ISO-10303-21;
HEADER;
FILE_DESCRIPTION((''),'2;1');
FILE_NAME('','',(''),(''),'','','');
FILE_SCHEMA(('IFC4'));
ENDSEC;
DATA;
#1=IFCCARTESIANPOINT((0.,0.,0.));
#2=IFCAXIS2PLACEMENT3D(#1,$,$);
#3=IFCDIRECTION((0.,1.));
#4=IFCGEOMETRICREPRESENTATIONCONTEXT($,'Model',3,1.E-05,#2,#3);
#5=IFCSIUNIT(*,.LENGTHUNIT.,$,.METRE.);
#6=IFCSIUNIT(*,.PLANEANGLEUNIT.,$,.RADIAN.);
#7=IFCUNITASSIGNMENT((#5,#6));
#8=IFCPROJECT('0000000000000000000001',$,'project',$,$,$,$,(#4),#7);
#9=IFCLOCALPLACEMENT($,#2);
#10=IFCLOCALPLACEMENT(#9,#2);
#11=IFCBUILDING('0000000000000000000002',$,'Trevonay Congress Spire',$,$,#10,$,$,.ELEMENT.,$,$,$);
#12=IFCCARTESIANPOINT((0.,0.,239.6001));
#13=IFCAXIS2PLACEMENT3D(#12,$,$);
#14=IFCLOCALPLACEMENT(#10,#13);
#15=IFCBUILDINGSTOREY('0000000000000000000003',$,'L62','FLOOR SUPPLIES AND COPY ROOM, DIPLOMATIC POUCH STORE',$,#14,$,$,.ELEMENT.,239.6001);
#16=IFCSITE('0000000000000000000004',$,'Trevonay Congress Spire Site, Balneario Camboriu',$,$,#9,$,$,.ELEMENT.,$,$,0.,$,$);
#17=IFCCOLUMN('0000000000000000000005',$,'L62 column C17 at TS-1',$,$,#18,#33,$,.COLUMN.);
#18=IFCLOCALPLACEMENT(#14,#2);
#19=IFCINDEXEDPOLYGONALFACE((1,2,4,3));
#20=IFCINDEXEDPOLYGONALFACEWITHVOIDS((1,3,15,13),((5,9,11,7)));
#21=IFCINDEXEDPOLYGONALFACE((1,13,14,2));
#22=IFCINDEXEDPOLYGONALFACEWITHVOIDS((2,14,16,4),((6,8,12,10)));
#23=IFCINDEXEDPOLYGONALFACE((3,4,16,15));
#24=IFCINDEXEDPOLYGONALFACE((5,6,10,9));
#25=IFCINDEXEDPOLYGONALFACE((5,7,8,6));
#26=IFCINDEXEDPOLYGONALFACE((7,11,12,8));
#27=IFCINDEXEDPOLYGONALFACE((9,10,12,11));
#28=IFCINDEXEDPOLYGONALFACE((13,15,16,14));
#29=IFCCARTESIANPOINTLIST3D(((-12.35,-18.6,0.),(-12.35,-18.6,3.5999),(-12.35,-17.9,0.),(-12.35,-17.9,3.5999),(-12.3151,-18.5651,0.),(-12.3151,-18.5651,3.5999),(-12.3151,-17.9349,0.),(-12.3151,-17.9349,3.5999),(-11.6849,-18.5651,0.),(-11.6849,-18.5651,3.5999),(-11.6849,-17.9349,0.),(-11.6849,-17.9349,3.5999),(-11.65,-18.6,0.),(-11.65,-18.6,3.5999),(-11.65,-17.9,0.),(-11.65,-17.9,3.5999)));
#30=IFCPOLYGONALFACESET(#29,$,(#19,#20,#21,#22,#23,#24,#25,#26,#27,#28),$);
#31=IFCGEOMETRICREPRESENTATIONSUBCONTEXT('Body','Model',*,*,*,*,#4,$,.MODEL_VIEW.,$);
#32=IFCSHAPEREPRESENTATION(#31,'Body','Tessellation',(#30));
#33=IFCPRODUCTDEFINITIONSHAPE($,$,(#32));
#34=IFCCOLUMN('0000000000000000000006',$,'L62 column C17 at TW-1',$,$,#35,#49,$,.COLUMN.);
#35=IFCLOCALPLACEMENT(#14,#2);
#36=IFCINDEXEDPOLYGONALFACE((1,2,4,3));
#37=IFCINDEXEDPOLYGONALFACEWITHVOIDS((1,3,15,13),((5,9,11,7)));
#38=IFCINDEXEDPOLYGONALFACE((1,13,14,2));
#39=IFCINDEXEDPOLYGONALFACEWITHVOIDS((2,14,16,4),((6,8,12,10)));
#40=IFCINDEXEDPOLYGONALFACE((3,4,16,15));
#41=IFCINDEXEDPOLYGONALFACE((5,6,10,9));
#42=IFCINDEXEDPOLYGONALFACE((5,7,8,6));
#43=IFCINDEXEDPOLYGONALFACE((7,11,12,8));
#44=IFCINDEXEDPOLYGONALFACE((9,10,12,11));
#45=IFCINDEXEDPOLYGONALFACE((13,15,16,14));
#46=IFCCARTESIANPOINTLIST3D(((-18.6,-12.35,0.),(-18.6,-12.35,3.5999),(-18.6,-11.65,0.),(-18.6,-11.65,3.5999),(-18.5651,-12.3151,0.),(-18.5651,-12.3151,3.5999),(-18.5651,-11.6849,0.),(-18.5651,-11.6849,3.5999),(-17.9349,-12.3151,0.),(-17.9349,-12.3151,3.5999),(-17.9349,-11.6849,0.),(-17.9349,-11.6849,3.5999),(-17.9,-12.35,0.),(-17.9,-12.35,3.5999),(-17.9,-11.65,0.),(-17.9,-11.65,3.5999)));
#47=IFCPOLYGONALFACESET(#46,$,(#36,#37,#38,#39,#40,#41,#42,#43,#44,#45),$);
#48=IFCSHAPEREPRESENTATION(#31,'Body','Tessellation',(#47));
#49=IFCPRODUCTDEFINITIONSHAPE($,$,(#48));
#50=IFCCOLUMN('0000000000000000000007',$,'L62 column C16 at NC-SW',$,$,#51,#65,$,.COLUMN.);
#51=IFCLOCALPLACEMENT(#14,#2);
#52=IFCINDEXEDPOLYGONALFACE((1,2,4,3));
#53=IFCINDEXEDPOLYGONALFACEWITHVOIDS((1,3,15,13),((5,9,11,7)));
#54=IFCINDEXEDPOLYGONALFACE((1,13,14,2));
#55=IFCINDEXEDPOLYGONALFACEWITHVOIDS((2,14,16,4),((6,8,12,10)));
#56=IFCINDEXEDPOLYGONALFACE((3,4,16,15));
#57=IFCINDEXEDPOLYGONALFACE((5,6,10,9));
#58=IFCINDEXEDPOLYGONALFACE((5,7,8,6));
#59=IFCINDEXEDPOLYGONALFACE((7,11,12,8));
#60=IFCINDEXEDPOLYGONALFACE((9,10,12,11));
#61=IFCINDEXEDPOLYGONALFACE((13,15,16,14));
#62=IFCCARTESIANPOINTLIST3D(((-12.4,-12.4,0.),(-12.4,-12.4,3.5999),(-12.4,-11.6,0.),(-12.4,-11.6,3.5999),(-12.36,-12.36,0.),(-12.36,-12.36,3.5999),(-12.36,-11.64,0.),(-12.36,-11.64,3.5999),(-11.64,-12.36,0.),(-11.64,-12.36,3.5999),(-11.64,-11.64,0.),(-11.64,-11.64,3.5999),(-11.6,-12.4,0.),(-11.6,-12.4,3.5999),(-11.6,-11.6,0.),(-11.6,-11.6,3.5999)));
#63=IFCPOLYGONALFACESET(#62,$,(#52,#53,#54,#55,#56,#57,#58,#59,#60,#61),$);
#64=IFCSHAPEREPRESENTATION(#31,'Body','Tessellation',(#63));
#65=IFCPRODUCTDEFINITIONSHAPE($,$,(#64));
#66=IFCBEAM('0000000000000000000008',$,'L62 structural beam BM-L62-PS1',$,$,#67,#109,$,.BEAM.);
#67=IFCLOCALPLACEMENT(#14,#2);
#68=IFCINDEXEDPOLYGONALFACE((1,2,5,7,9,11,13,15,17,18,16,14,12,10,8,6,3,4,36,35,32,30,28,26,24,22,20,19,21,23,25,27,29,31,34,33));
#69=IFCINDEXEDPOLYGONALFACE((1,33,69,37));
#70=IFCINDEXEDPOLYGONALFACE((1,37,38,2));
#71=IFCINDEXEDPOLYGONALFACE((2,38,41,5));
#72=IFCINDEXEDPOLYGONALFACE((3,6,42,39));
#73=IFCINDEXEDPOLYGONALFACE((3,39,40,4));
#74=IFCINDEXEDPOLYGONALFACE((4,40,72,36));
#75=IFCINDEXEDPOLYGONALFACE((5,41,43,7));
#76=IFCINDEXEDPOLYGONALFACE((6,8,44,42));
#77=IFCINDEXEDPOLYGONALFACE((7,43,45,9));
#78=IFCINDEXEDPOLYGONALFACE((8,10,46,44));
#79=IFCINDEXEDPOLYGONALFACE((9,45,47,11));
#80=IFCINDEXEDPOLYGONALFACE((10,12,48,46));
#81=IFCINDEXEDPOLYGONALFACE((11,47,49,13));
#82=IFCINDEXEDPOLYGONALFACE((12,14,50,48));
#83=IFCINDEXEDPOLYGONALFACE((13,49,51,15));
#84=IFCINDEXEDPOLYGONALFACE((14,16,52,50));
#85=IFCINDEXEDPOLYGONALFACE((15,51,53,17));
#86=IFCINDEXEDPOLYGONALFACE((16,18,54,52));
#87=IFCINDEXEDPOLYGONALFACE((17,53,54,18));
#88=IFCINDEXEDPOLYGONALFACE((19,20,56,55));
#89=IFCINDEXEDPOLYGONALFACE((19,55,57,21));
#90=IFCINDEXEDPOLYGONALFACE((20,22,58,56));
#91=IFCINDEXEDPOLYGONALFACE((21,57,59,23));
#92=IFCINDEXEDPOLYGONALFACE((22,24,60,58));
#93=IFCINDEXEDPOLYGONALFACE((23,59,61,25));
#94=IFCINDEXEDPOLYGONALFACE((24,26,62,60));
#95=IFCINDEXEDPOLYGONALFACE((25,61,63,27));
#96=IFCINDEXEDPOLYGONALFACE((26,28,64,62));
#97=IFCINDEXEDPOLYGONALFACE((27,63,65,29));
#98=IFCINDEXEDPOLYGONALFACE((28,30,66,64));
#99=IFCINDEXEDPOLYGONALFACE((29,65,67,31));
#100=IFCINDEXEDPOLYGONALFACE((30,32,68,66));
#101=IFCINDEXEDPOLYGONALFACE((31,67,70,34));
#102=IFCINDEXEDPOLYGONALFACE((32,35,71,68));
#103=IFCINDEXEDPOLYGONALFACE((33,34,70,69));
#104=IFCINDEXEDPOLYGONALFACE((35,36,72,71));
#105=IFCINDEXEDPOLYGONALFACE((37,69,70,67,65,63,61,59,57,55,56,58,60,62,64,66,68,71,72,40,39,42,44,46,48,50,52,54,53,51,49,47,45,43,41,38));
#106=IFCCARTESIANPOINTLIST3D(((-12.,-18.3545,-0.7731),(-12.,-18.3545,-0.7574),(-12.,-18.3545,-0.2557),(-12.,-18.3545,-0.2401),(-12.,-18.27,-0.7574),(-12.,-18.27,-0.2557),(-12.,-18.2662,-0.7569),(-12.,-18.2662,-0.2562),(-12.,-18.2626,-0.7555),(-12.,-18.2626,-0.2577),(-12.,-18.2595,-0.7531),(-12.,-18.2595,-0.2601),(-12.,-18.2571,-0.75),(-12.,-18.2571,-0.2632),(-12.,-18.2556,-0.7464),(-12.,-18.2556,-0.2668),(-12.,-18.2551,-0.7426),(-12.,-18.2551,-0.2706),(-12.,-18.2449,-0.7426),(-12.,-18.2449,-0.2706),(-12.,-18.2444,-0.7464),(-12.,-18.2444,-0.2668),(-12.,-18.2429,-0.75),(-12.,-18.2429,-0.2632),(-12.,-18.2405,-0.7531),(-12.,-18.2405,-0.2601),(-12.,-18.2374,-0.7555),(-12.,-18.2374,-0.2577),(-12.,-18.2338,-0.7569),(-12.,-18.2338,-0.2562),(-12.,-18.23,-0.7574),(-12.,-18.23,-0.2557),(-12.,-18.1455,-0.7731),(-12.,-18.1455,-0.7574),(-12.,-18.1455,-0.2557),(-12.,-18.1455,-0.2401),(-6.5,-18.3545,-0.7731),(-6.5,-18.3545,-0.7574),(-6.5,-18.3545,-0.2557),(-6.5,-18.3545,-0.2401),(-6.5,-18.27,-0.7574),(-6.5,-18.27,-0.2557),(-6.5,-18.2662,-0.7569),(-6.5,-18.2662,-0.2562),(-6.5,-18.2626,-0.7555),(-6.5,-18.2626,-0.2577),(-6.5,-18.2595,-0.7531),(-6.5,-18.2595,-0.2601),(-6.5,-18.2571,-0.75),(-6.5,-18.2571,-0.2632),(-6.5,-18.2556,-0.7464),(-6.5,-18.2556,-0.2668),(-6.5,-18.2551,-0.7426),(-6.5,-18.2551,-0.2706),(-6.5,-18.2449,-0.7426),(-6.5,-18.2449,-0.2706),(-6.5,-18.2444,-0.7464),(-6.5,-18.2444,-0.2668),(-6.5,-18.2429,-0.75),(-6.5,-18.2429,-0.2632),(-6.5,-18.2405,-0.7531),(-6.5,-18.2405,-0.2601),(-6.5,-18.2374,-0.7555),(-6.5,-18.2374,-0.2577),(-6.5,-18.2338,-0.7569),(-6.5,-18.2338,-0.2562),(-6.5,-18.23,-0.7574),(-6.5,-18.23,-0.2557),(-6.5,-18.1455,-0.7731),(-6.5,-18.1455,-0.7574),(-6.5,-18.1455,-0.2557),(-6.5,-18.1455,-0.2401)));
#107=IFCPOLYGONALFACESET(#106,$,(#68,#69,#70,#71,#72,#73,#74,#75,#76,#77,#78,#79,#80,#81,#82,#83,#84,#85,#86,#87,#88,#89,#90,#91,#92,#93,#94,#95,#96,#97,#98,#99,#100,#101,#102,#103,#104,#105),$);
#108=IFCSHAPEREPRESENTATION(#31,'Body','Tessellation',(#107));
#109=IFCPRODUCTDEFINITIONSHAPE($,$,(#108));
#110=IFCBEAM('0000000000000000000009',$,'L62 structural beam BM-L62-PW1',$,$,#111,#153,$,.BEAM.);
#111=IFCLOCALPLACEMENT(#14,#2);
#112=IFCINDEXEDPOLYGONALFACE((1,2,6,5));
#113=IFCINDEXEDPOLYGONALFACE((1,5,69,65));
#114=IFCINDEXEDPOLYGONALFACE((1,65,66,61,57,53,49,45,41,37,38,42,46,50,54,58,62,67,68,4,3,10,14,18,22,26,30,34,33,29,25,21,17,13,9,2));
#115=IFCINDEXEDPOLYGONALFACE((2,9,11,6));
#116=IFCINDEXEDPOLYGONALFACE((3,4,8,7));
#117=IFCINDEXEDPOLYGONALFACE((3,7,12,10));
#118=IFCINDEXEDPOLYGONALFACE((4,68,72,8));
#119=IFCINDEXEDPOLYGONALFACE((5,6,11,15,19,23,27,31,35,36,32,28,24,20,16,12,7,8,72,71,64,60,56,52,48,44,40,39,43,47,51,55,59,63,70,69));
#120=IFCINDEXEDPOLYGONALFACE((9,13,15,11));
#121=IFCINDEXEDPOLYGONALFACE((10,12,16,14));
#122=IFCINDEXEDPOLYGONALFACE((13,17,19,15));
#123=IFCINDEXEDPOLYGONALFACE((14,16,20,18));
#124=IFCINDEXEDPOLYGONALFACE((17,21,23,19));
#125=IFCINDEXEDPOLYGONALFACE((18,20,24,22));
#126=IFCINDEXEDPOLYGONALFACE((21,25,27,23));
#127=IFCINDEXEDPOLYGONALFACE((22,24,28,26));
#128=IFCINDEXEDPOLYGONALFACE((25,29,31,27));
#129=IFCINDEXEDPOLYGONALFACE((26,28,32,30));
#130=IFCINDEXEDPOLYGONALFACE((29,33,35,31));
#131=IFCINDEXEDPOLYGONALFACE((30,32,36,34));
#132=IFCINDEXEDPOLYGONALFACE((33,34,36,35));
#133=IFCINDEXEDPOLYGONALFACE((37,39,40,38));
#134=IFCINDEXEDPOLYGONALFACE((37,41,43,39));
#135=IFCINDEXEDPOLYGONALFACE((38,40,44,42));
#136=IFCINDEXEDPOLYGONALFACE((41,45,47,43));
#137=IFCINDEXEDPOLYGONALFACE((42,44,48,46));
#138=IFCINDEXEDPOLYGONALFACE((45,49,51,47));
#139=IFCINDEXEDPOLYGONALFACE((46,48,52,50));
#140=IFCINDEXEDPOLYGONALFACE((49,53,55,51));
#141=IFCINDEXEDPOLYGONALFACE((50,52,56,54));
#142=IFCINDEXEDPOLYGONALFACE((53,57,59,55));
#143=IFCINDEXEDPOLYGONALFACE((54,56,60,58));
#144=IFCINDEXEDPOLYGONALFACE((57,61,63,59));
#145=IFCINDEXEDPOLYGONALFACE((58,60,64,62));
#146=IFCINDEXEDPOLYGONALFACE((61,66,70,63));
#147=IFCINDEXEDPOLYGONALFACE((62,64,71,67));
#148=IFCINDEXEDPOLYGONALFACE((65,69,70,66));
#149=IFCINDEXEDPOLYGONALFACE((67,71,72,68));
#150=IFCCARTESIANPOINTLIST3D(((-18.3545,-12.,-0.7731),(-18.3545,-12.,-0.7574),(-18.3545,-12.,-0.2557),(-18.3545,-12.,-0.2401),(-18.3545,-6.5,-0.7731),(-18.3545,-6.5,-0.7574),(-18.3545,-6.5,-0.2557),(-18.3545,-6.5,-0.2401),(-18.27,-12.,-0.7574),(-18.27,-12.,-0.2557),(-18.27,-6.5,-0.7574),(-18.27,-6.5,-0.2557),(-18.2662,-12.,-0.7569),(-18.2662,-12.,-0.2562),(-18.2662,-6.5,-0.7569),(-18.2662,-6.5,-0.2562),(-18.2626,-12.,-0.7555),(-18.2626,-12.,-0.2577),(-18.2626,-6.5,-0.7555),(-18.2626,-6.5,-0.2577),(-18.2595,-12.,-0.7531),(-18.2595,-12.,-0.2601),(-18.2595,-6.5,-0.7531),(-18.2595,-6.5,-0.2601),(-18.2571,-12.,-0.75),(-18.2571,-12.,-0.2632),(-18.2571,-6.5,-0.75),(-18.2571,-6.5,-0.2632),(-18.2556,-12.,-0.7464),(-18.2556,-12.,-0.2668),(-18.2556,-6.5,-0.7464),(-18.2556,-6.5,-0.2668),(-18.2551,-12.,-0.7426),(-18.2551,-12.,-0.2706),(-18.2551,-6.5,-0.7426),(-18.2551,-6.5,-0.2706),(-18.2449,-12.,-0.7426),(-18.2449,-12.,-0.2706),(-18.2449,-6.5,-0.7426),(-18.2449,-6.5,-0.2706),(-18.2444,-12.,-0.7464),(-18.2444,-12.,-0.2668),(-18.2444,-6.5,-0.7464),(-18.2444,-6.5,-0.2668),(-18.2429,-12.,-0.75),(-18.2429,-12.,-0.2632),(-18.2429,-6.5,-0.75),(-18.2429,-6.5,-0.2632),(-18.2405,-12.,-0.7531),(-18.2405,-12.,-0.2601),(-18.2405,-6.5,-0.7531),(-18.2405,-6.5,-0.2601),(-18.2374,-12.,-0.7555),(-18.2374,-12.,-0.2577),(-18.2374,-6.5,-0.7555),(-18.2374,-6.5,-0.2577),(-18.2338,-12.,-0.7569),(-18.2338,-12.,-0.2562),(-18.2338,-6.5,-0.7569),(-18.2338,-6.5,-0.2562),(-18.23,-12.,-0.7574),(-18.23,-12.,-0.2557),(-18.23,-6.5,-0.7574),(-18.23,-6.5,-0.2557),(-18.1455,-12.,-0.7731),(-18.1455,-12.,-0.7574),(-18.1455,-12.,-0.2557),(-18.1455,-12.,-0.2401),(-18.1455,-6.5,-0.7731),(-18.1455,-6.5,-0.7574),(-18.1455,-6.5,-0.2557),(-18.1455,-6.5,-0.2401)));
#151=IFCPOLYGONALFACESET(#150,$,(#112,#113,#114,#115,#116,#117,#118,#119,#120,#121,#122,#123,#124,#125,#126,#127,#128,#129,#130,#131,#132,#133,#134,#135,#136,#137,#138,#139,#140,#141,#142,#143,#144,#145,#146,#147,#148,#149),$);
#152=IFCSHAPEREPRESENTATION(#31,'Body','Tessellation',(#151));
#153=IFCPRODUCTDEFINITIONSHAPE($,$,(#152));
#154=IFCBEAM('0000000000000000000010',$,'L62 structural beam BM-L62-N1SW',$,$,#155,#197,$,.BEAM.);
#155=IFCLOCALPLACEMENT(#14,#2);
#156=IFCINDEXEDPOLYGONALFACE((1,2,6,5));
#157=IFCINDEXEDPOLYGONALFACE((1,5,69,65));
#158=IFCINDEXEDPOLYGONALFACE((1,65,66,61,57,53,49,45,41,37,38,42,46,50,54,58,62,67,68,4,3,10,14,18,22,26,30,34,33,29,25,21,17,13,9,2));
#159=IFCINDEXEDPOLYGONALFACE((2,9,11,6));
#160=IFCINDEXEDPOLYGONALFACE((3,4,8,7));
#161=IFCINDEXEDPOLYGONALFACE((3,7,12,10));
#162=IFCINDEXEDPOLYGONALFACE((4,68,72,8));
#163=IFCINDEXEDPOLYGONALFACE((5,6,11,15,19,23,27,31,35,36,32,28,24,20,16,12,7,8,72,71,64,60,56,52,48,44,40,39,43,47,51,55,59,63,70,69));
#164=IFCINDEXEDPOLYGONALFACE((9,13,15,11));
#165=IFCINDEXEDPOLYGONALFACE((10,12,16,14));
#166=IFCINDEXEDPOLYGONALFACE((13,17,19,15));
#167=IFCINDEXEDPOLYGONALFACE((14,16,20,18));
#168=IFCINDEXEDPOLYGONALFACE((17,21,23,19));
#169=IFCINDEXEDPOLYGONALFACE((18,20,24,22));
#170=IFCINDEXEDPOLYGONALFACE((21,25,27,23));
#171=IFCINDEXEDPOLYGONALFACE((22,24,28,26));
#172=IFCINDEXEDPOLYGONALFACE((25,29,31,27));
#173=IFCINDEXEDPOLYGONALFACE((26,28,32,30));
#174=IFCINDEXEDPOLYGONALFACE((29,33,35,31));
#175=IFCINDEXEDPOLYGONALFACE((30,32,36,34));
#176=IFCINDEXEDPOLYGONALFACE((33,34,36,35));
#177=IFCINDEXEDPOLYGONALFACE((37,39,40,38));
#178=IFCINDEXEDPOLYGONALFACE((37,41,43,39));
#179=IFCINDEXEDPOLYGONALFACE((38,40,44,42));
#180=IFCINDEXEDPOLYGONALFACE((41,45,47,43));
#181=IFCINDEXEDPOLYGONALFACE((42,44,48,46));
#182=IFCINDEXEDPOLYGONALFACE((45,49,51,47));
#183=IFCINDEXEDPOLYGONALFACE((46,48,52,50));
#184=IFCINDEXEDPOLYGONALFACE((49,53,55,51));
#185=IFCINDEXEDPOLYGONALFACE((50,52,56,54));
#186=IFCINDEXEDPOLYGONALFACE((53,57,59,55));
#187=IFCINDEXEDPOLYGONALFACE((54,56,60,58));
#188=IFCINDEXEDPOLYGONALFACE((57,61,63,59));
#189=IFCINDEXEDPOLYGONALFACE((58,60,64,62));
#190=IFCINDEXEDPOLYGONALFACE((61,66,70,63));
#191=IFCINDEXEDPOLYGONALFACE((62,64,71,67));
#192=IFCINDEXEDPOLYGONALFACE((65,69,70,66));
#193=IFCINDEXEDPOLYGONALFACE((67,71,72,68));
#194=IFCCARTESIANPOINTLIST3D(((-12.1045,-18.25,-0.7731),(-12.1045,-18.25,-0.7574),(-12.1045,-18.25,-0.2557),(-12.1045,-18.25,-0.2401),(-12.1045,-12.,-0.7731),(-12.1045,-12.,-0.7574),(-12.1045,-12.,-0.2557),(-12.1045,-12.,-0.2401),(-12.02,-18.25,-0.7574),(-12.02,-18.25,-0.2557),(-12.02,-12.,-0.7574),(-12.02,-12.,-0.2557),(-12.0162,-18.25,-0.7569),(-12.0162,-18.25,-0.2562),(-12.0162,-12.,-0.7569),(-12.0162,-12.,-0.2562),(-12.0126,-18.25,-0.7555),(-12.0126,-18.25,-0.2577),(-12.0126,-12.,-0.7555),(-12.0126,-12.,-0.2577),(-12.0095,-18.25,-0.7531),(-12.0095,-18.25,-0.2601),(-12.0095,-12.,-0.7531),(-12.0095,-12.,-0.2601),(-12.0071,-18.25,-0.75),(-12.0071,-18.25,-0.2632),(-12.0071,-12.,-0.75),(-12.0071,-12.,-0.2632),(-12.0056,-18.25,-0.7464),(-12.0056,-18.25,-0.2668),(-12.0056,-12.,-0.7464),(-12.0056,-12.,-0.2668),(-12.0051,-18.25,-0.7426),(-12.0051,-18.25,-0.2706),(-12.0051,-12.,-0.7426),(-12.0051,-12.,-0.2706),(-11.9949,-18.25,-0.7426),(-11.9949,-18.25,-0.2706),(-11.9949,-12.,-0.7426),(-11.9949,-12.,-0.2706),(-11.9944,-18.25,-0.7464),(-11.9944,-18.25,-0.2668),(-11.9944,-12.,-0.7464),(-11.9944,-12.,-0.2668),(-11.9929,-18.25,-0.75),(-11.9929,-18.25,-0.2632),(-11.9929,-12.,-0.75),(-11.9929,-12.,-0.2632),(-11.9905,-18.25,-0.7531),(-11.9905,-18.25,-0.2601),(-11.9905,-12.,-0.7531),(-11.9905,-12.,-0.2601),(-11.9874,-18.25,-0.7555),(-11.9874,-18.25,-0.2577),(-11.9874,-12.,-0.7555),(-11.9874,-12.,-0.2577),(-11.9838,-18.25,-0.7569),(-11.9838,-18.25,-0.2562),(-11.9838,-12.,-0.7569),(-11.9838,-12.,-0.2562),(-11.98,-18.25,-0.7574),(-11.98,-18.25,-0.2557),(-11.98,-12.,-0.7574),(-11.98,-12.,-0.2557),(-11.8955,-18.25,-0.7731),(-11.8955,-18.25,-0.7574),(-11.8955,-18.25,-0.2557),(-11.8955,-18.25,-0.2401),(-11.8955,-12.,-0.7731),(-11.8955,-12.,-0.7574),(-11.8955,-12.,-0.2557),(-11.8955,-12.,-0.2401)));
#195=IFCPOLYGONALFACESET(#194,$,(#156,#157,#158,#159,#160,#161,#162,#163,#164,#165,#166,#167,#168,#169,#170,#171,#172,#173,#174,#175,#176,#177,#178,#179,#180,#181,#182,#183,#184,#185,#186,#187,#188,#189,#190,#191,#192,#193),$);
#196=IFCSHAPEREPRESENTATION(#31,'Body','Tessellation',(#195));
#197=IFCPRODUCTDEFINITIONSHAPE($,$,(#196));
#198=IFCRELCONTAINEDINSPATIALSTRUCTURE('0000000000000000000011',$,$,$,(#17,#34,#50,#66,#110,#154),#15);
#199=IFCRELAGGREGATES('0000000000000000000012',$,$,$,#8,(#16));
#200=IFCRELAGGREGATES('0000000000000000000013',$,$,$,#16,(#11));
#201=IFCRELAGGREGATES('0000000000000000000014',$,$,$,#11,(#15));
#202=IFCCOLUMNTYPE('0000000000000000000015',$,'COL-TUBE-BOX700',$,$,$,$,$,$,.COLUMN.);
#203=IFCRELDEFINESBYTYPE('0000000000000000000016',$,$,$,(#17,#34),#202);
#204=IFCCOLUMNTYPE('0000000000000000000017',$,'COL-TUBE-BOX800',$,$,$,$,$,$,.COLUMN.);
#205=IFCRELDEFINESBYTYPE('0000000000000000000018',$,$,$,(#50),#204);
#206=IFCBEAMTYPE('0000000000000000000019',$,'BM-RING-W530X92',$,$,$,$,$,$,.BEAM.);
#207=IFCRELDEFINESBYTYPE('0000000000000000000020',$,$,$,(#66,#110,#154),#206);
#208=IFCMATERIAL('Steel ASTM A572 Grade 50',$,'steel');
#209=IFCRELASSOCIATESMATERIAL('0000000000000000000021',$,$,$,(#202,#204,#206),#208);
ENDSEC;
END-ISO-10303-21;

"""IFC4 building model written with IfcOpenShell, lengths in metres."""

from ifc_helpers import new_model, si_unit, direction, frame, origin, origin_2d, place, context, subcontext, project, spatial, hollow_rectangle, i_section, extrude, material, material_profile, profile_set, type_object, element, save


model = new_model("IFC4")

# Units and contexts
model_context = context("Model", 3, precision=1e-05, world=origin(), true_north=direction((0.0, 1.0)))
body_context = subcontext(model_context, "Body", "Model", "MODEL_VIEW")
ifc_project = project(units=[si_unit("LENGTHUNIT", "METRE"), si_unit("PLANEANGLEUNIT", "RADIAN")], contexts=[model_context])

# Site, building, storey
site_placement = place(None, origin())
site = spatial("IfcSite", under=ifc_project, at=site_placement, Name="Trevonay Congress Spire Site, Balneario Camboriu", CompositionType="ELEMENT", RefElevation=0.0)
building_placement = place(site_placement, origin())
building = spatial("IfcBuilding", under=site, at=building_placement, Name="Trevonay Congress Spire", CompositionType="ELEMENT")
storey_placement = place(building_placement, frame((0.0, 0.0, 239.6001)))
storey = spatial("IfcBuildingStorey", under=building, at=storey_placement, Name="L62", Description="FLOOR SUPPLIES AND COPY ROOM, DIPLOMATIC POUCH STORE", CompositionType="ELEMENT", Elevation=239.6001)

# Columns
ifc_material_1 = material(Name="Steel ASTM A572 Grade 50", Category="steel")
ifc_material_profile_1 = material_profile(ifc_material_1, hollow_rectangle(XDim=0.7, YDim=0.7, WallThickness=0.0349, at=origin_2d()), Name="BOX 700x700x35")
ifc_profile_set_1 = profile_set([ifc_material_profile_1], Name="Steel ASTM A572 Grade 50")
column_type_1 = type_object("IfcColumnType", Name="COL-TUBE-BOX700", PredefinedType="COLUMN", material=ifc_profile_set_1)
for number, where, z_axis, x_axis, name in (
    (1, (-12.0, -18.25, 0.0), (0.0, 0.0, 1.0), (1.0, 0.0, 0.0), "L62 column C17 at TS-1"),
    (2, (-18.25, -12.0, 0.0), (0.0, 0.0, 1.0), (1.0, 0.0, 0.0), "L62 column C17 at TW-1"),
):
    element("IfcColumn", number, at=place(storey_placement, frame(where, z_axis=z_axis, x_axis=x_axis)), inside=storey, type_object=column_type_1, Name=name, PredefinedType="COLUMN", context=body_context, shape_type="SweptSolid", body=[
        extrude(hollow_rectangle(XDim=0.7, YDim=0.7, WallThickness=0.0349, at=origin_2d()), origin(), (0.0, 0.0, 1.0), 3.5999),
    ])
ifc_material_profile_2 = material_profile(ifc_material_1, hollow_rectangle(XDim=0.8, YDim=0.8, WallThickness=0.04, at=origin_2d()), Name="BOX 800x800x40")
ifc_profile_set_2 = profile_set([ifc_material_profile_2], Name="Steel ASTM A572 Grade 50")
column_type_2 = type_object("IfcColumnType", Name="COL-TUBE-BOX800", PredefinedType="COLUMN", material=ifc_profile_set_2)
column_placement = place(storey_placement, frame((-12.0, -12.0, 0.0), z_axis=(0.0, 0.0, 1.0), x_axis=(1.0, 0.0, 0.0)))
element("IfcColumn", 3, at=column_placement, inside=storey, type_object=column_type_2, Name="L62 column C16 at NC-SW", PredefinedType="COLUMN", context=body_context, shape_type="SweptSolid", body=[
    extrude(hollow_rectangle(XDim=0.8, YDim=0.8, WallThickness=0.04, at=origin_2d()), origin(), (0.0, 0.0, 1.0), 3.5999),
])

# Beams
ifc_material_profile_3 = material_profile(ifc_material_1, i_section(OverallWidth=0.209, OverallDepth=0.533, WebThickness=0.0103, FlangeThickness=0.0156, FilletRadius=0.0149, at=origin_2d()), Name="W530x92")
ifc_profile_set_3 = profile_set([ifc_material_profile_3], Name="Steel ASTM A572 Grade 50")
beam_type_1 = type_object("IfcBeamType", Name="BM-RING-W530X92", PredefinedType="BEAM", material=ifc_profile_set_3)
for number, where, z_axis, x_axis, name in (
    (4, (-12.0, -18.25, -0.5066), (1.0, 0.0, 0.0), (0.0, 1.0, 0.0), "L62 structural beam BM-L62-PS1"),
    (5, (-18.25, -12.0, -0.5066), (0.0, 1.0, 0.0), (-1.0, 0.0, 0.0), "L62 structural beam BM-L62-PW1"),
):
    element("IfcBeam", number, at=place(storey_placement, frame(where, z_axis=z_axis, x_axis=x_axis)), inside=storey, type_object=beam_type_1, Name=name, PredefinedType="BEAM", context=body_context, shape_type="SweptSolid", body=[
        extrude(i_section(OverallWidth=0.209, OverallDepth=0.533, WebThickness=0.0103, FlangeThickness=0.0156, FilletRadius=0.0149, at=origin_2d()), origin(), (0.0, 0.0, 1.0), 5.5),
    ])
for number, where, z_axis, x_axis, name in (
    (6, (-12.0, -18.25, -0.5066), (0.0, 1.0, 0.0), (-1.0, 0.0, 0.0), "L62 structural beam BM-L62-N1SW"),
):
    element("IfcBeam", number, at=place(storey_placement, frame(where, z_axis=z_axis, x_axis=x_axis)), inside=storey, type_object=beam_type_1, Name=name, PredefinedType="BEAM", context=body_context, shape_type="SweptSolid", body=[
        extrude(i_section(OverallWidth=0.209, OverallDepth=0.533, WebThickness=0.0103, FlangeThickness=0.0156, FilletRadius=0.0149, at=origin_2d()), origin(), (0.0, 0.0, 1.0), 6.25),
    ])

save(model, "model.ifc")
